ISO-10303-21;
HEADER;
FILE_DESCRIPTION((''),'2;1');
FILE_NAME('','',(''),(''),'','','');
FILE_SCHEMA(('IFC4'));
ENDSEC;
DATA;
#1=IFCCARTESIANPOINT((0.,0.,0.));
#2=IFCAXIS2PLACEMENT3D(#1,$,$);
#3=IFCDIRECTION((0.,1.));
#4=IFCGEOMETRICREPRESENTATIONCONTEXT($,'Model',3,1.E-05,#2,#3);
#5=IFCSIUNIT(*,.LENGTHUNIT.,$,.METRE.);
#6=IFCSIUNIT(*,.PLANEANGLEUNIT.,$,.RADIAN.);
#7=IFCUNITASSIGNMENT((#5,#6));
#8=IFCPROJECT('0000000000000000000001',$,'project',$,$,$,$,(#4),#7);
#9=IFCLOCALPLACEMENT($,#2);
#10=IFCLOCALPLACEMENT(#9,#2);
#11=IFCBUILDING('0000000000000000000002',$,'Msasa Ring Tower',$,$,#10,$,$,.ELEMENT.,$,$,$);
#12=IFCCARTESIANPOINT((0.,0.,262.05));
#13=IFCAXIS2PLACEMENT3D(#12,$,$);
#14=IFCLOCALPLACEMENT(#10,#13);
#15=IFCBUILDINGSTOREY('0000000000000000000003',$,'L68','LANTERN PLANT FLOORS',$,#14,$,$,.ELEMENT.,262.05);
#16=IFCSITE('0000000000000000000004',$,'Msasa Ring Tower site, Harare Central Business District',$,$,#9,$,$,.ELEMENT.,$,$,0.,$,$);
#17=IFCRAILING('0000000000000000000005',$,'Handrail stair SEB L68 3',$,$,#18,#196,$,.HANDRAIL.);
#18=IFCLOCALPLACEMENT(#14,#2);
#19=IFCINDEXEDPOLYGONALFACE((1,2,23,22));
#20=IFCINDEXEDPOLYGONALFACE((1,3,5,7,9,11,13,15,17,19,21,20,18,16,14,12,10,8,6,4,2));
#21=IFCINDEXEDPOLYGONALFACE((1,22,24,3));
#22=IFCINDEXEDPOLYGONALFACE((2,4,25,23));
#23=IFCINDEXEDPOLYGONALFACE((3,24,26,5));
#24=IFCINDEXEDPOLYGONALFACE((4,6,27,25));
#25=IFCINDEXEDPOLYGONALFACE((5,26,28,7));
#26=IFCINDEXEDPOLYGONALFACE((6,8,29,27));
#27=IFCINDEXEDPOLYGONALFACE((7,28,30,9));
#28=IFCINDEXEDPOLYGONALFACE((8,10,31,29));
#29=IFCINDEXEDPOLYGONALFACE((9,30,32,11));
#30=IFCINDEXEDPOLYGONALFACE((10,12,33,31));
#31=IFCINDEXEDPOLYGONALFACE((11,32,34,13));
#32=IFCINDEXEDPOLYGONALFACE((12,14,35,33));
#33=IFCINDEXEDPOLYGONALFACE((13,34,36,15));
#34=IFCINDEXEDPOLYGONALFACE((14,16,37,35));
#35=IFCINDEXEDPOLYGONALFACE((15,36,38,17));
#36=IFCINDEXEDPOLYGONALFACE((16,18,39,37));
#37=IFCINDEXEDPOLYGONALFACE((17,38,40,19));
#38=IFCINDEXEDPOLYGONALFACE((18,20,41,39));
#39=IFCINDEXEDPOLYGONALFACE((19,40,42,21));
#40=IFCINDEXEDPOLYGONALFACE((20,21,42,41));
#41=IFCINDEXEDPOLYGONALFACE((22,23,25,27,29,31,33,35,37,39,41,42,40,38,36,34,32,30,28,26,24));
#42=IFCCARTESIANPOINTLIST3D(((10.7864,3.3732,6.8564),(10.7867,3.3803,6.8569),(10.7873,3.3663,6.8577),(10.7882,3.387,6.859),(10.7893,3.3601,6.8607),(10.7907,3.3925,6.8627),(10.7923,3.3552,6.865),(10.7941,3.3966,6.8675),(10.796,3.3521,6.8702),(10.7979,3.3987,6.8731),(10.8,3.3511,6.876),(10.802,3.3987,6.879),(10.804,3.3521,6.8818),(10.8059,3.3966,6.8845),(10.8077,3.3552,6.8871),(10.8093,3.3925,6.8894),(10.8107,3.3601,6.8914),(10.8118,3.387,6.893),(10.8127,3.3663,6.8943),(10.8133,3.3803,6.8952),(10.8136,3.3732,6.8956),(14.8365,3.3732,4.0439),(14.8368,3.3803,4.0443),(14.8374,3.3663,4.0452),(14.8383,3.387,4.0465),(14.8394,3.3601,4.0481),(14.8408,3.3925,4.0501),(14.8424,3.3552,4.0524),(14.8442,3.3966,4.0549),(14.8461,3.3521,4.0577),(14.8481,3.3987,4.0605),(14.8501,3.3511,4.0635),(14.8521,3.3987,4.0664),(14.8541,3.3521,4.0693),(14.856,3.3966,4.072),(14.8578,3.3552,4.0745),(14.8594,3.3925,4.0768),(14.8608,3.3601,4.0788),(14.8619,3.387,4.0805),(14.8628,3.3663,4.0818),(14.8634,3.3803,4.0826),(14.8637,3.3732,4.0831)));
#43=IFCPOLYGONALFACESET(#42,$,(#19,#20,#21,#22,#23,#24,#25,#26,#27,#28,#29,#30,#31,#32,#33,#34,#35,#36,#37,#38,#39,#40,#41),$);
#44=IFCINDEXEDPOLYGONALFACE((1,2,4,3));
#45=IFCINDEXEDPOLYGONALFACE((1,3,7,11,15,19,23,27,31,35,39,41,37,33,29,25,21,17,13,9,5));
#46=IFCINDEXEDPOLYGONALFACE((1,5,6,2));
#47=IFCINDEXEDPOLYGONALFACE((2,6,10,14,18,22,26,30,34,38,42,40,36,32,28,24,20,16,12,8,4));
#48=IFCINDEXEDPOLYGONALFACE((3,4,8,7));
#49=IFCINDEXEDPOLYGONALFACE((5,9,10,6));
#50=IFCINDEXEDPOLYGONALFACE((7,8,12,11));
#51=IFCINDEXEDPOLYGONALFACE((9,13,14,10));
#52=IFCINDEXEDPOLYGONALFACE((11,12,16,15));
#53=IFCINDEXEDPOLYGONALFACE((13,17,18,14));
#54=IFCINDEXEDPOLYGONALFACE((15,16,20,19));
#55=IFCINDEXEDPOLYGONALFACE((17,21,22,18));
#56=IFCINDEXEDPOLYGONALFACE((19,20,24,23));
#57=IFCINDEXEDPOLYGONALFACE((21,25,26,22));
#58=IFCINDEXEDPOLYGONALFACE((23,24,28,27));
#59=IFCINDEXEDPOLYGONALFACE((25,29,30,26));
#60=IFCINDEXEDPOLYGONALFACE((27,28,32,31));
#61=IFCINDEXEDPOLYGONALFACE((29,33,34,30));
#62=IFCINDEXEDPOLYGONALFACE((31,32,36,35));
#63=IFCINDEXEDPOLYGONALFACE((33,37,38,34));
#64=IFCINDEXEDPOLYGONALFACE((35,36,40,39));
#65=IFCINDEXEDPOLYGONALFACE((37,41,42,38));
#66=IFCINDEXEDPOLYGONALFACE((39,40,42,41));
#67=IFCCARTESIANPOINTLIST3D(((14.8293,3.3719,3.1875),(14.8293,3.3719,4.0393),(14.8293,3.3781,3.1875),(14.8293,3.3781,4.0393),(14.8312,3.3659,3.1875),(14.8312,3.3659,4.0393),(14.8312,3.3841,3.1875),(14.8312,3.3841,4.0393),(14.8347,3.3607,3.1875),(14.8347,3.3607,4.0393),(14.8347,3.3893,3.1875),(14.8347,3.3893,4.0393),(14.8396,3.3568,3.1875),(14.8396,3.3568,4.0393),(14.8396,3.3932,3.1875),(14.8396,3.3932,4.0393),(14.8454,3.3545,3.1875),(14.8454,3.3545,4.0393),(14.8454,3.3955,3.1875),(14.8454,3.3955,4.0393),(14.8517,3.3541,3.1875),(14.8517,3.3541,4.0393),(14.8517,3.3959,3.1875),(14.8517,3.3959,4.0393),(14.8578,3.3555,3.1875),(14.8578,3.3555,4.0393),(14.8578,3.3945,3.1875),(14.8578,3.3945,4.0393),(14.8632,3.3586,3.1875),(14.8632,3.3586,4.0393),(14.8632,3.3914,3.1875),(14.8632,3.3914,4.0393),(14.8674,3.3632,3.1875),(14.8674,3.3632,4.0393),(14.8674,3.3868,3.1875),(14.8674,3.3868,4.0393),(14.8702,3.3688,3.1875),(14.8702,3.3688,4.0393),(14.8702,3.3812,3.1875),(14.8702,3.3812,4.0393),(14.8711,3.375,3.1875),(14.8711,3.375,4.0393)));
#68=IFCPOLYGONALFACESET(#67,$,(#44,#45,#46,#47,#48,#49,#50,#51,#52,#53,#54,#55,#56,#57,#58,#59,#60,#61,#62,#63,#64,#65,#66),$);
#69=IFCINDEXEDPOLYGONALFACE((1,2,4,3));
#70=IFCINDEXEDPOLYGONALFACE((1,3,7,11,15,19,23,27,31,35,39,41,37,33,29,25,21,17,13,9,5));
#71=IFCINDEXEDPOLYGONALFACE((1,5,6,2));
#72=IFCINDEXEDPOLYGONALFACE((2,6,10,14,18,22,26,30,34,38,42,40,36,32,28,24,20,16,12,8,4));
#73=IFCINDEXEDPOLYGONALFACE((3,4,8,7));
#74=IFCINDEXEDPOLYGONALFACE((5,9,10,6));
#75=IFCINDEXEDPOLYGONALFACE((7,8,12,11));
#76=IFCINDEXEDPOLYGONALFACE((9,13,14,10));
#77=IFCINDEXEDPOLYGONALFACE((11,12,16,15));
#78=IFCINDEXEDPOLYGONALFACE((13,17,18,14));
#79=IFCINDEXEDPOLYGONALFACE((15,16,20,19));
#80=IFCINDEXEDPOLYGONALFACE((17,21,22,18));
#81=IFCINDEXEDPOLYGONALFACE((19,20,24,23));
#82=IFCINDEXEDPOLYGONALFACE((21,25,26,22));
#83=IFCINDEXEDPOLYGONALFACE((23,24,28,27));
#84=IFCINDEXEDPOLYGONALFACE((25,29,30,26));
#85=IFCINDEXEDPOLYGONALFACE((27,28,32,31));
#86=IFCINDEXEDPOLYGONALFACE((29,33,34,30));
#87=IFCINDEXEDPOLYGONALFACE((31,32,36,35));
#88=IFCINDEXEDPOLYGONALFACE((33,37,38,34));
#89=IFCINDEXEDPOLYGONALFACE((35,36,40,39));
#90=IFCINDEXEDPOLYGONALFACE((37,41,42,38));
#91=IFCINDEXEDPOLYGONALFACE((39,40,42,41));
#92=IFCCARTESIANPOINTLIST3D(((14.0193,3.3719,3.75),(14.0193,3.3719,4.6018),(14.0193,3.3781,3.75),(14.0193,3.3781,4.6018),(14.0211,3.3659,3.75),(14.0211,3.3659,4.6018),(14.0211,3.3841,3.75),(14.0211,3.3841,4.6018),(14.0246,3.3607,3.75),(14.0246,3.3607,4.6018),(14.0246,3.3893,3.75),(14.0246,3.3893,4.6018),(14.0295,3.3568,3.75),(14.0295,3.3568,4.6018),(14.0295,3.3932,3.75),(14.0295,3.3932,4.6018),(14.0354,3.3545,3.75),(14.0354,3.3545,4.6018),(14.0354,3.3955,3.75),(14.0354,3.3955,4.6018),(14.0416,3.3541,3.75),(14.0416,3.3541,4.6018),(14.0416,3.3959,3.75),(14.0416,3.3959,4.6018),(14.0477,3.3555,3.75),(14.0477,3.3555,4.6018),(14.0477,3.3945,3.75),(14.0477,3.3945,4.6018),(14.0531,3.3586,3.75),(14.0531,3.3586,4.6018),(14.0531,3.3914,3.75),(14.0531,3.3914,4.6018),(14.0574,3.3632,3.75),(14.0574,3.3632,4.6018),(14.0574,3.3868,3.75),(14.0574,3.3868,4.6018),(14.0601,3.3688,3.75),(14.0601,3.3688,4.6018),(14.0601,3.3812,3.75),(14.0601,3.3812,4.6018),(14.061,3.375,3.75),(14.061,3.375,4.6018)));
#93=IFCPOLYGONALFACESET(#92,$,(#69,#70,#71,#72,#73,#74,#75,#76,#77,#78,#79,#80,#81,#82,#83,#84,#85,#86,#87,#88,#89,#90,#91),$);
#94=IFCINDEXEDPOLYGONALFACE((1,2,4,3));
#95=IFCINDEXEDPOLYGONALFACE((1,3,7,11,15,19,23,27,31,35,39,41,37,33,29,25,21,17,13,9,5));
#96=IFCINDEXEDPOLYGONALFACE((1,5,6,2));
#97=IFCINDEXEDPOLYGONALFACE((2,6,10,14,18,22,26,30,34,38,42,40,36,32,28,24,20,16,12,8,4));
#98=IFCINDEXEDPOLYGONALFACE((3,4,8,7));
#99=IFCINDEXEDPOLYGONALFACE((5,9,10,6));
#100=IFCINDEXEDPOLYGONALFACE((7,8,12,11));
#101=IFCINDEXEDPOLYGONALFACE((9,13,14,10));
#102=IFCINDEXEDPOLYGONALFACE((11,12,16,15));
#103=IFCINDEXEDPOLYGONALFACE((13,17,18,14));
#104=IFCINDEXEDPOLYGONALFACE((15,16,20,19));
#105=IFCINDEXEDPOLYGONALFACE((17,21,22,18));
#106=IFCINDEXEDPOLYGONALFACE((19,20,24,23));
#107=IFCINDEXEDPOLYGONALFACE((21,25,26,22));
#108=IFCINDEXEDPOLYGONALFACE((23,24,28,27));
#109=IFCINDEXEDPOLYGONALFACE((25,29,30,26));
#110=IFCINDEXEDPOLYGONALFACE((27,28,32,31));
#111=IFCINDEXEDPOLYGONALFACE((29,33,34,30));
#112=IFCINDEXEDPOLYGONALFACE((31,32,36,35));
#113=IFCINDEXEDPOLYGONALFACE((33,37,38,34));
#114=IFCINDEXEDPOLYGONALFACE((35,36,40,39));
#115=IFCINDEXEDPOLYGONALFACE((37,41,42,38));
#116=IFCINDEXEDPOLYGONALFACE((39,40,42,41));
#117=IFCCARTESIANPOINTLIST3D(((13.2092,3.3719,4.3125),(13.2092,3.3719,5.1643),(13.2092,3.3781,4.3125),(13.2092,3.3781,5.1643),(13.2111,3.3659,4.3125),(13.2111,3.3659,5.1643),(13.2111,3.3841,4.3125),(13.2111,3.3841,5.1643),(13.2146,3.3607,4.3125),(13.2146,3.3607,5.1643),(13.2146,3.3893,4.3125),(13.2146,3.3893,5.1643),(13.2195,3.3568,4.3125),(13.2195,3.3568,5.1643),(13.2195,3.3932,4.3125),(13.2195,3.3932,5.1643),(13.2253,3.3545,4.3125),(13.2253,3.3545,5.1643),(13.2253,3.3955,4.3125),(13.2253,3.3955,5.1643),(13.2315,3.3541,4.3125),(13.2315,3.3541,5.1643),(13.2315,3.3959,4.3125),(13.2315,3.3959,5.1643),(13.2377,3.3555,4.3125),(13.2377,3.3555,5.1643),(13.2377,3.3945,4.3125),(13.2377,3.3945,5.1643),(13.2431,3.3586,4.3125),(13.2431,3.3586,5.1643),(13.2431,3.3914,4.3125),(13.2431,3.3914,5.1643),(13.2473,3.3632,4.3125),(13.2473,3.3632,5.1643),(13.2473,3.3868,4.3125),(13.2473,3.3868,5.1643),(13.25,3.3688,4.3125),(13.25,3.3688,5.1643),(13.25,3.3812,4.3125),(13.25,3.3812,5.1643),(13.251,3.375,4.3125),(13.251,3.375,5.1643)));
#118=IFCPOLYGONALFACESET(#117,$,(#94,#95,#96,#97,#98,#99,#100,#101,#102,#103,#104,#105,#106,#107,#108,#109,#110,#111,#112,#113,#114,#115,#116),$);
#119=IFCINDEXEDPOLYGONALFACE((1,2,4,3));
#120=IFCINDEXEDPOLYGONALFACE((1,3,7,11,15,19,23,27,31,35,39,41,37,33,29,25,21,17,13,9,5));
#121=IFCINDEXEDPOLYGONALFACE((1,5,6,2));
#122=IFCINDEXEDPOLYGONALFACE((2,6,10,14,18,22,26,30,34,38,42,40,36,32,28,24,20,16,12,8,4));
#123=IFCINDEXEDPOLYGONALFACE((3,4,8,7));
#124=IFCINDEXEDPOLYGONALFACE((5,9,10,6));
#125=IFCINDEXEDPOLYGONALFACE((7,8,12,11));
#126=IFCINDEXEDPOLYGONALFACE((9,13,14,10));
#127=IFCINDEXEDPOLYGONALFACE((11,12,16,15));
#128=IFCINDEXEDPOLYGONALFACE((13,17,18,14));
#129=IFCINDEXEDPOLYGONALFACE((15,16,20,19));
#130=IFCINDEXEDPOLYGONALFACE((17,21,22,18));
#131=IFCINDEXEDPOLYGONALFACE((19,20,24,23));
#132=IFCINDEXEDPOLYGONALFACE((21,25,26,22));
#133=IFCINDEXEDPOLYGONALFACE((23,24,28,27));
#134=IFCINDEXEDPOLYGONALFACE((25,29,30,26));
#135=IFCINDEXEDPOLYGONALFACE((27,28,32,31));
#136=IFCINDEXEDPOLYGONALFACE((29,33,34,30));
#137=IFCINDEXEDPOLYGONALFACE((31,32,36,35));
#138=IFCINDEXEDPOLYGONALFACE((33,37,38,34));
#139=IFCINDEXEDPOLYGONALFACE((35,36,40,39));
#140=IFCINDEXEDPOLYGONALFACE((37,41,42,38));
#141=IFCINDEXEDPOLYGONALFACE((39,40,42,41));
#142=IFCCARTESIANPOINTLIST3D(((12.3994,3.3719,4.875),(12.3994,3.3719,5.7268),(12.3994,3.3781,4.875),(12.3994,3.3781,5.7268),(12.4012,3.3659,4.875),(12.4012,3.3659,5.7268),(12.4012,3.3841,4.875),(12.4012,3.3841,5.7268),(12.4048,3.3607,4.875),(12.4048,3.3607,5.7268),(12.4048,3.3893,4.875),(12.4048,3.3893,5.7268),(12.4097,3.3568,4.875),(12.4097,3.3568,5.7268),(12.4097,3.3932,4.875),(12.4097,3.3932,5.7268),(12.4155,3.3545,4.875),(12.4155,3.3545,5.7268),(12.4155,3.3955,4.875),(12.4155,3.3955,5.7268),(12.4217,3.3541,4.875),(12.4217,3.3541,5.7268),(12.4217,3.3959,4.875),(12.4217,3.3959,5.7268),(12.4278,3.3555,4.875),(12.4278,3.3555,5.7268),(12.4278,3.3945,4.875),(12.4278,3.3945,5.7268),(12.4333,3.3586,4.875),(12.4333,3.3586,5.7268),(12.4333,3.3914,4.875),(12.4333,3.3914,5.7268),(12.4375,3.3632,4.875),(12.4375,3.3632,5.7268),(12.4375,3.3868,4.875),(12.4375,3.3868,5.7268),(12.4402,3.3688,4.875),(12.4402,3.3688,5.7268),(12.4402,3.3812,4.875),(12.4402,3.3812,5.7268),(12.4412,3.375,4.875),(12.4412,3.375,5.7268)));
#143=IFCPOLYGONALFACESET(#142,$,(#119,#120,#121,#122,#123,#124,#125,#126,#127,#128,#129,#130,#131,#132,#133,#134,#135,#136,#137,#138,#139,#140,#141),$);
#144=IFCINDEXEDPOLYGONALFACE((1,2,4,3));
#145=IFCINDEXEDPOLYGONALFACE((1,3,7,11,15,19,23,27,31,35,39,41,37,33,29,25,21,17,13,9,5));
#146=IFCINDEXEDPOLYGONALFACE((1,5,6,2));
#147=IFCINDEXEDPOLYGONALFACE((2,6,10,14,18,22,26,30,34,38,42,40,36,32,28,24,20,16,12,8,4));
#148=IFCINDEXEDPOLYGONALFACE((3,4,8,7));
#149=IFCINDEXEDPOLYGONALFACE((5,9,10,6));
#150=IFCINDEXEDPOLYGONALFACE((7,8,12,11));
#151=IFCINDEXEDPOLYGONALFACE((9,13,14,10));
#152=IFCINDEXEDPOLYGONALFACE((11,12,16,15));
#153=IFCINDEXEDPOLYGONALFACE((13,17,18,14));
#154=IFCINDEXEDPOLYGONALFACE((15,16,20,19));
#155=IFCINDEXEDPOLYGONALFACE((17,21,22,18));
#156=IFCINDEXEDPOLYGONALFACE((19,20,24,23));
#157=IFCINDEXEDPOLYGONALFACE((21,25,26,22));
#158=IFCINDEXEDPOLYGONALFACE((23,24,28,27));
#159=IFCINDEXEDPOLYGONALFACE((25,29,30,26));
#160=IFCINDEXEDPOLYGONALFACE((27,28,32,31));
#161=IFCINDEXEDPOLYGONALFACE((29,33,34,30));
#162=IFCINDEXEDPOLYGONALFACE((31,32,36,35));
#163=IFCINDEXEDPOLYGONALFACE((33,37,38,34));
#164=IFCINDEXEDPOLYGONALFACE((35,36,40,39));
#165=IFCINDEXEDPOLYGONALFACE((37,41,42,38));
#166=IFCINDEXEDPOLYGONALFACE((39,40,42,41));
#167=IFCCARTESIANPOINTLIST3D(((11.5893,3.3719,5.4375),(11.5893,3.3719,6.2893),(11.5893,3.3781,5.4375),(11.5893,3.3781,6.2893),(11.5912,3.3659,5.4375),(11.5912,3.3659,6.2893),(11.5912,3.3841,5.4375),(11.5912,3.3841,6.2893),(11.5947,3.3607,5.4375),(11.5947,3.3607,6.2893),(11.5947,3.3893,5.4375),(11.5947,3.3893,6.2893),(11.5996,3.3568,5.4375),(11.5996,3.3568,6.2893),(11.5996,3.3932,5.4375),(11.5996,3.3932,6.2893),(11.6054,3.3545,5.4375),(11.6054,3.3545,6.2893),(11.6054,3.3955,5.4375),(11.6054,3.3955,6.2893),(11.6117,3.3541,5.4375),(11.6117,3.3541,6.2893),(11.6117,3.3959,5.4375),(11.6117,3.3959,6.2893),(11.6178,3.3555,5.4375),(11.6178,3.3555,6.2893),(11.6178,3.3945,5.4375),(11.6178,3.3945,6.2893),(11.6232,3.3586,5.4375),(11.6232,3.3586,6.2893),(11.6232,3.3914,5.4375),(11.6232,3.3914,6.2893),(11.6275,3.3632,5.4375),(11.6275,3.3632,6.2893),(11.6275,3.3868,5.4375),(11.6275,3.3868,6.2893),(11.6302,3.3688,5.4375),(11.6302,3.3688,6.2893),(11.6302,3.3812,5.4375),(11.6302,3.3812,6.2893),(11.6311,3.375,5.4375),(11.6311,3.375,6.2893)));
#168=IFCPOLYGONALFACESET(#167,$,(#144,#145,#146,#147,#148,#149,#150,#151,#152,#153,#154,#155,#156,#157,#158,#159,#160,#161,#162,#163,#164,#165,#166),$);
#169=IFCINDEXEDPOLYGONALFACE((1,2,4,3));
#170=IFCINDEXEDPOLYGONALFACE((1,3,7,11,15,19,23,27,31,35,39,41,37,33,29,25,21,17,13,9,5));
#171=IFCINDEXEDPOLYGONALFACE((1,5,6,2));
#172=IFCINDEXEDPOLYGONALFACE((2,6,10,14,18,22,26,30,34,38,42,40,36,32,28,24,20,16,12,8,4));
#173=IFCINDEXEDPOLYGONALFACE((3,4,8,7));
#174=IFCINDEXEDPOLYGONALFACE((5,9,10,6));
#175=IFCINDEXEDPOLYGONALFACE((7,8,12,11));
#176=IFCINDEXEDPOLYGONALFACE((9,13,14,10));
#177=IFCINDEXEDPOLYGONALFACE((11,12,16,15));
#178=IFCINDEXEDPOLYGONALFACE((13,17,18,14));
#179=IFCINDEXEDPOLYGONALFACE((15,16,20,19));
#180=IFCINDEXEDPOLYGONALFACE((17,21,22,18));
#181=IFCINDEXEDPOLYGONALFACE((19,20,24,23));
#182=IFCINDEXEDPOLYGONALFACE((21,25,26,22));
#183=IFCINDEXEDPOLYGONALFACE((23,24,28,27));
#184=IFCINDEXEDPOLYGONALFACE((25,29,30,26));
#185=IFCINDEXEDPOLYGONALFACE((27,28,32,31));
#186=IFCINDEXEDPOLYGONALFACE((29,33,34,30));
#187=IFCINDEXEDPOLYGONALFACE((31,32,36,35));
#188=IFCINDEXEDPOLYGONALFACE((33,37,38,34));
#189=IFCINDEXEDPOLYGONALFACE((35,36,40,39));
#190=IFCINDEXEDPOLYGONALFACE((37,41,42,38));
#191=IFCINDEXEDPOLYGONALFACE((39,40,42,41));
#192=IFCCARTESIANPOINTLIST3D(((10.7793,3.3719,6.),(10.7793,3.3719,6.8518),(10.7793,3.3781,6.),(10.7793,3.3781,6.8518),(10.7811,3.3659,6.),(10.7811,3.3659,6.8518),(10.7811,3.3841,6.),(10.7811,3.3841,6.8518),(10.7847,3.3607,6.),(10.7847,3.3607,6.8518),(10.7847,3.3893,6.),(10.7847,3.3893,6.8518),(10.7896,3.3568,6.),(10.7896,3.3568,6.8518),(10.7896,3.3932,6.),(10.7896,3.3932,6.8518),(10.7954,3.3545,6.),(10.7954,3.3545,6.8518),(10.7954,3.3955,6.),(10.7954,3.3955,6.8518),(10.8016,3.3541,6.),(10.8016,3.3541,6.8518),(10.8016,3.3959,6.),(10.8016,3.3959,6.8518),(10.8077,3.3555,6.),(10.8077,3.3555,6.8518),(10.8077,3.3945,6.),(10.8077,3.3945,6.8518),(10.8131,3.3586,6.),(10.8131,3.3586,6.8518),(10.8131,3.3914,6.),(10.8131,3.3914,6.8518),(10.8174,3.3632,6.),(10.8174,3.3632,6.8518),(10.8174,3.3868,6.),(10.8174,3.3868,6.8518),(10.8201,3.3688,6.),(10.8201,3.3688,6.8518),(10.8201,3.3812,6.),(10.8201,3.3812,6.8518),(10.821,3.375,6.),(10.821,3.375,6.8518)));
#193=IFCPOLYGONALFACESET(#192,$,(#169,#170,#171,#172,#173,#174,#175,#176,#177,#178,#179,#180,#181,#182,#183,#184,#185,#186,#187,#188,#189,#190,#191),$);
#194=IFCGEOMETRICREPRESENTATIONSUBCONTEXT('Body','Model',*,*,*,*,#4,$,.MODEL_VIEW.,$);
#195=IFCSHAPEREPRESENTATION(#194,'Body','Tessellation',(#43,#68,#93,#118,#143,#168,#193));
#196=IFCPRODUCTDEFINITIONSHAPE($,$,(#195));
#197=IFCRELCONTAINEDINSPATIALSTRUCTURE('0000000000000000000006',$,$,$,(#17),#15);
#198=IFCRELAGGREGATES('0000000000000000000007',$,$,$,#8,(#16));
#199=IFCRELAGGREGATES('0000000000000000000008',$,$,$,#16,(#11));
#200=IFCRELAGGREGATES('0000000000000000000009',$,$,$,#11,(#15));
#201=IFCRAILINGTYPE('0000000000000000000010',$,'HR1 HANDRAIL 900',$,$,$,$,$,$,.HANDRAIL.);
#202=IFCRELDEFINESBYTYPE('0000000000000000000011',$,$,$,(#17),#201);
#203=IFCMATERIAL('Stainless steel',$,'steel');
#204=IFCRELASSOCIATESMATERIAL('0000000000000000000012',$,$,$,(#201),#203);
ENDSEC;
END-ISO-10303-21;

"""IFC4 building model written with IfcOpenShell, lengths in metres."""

from ifc_helpers import new_model, si_unit, direction, frame, origin, origin_2d, place, context, subcontext, project, spatial, circle, extrude, material, type_object, element, save


model = new_model("IFC4")

# Units and contexts
model_context = context("Model", 3, precision=1e-05, world=origin(), true_north=direction((0.0, 1.0)))
body_context = subcontext(model_context, "Body", "Model", "MODEL_VIEW")
ifc_project = project(units=[si_unit("LENGTHUNIT", "METRE"), si_unit("PLANEANGLEUNIT", "RADIAN")], contexts=[model_context])

# Site, building, storey
site_placement = place(None, origin())
site = spatial("IfcSite", under=ifc_project, at=site_placement, Name="Msasa Ring Tower site, Harare Central Business District", CompositionType="ELEMENT", RefElevation=0.0)
building_placement = place(site_placement, origin())
building = spatial("IfcBuilding", under=site, at=building_placement, Name="Msasa Ring Tower", CompositionType="ELEMENT")
storey_placement = place(building_placement, frame((0.0, 0.0, 262.05)))
storey = spatial("IfcBuildingStorey", under=building, at=storey_placement, Name="L68", Description="LANTERN PLANT FLOORS", CompositionType="ELEMENT", Elevation=262.05)

# Railing
ifc_material_1 = material(Name="Stainless steel", Category="steel")
railing_type = type_object("IfcRailingType", Name="HR1 HANDRAIL 900", PredefinedType="HANDRAIL", material=ifc_material_1)
for number, where, name in (
    (1, (14.8501, 3.375, 3.1875), "Handrail stair SEB L68 3"),
):
    element("IfcRailing", number, at=place(storey_placement, frame(where)), inside=storey, type_object=railing_type, Name=name, PredefinedType="HANDRAIL", context=body_context, shape_type="SweptSolid", body=[
        extrude(circle(Radius=0.0239, at=origin_2d()), frame((0.0, 0.0, 0.876), z_axis=(-0.821373, 0.0, 0.570391), x_axis=(0.0, -1.0, 0.0)), (0.0, 0.0, 1.0), 4.9309),
        extrude(circle(Radius=0.021, at=origin_2d()), origin(), (0.0, 0.0, 1.0), 0.8518),
        extrude(circle(Radius=0.021, at=origin_2d()), frame((-0.8101, 0.0, 0.5625)), (0.0, 0.0, 1.0), 0.8518),
        extrude(circle(Radius=0.021, at=origin_2d()), frame((-1.6201, 0.0, 1.125)), (0.0, 0.0, 1.0), 0.8518),
        extrude(circle(Radius=0.021, at=origin_2d()), frame((-2.4299, 0.0, 1.6875)), (0.0, 0.0, 1.0), 0.8518),
        extrude(circle(Radius=0.021, at=origin_2d()), frame((-3.24, 0.0, 2.25)), (0.0, 0.0, 1.0), 0.8518),
        extrude(circle(Radius=0.021, at=origin_2d()), frame((-4.05, 0.0, 2.8125)), (0.0, 0.0, 1.0), 0.8518),
    ])

save(model, "model.ifc")
